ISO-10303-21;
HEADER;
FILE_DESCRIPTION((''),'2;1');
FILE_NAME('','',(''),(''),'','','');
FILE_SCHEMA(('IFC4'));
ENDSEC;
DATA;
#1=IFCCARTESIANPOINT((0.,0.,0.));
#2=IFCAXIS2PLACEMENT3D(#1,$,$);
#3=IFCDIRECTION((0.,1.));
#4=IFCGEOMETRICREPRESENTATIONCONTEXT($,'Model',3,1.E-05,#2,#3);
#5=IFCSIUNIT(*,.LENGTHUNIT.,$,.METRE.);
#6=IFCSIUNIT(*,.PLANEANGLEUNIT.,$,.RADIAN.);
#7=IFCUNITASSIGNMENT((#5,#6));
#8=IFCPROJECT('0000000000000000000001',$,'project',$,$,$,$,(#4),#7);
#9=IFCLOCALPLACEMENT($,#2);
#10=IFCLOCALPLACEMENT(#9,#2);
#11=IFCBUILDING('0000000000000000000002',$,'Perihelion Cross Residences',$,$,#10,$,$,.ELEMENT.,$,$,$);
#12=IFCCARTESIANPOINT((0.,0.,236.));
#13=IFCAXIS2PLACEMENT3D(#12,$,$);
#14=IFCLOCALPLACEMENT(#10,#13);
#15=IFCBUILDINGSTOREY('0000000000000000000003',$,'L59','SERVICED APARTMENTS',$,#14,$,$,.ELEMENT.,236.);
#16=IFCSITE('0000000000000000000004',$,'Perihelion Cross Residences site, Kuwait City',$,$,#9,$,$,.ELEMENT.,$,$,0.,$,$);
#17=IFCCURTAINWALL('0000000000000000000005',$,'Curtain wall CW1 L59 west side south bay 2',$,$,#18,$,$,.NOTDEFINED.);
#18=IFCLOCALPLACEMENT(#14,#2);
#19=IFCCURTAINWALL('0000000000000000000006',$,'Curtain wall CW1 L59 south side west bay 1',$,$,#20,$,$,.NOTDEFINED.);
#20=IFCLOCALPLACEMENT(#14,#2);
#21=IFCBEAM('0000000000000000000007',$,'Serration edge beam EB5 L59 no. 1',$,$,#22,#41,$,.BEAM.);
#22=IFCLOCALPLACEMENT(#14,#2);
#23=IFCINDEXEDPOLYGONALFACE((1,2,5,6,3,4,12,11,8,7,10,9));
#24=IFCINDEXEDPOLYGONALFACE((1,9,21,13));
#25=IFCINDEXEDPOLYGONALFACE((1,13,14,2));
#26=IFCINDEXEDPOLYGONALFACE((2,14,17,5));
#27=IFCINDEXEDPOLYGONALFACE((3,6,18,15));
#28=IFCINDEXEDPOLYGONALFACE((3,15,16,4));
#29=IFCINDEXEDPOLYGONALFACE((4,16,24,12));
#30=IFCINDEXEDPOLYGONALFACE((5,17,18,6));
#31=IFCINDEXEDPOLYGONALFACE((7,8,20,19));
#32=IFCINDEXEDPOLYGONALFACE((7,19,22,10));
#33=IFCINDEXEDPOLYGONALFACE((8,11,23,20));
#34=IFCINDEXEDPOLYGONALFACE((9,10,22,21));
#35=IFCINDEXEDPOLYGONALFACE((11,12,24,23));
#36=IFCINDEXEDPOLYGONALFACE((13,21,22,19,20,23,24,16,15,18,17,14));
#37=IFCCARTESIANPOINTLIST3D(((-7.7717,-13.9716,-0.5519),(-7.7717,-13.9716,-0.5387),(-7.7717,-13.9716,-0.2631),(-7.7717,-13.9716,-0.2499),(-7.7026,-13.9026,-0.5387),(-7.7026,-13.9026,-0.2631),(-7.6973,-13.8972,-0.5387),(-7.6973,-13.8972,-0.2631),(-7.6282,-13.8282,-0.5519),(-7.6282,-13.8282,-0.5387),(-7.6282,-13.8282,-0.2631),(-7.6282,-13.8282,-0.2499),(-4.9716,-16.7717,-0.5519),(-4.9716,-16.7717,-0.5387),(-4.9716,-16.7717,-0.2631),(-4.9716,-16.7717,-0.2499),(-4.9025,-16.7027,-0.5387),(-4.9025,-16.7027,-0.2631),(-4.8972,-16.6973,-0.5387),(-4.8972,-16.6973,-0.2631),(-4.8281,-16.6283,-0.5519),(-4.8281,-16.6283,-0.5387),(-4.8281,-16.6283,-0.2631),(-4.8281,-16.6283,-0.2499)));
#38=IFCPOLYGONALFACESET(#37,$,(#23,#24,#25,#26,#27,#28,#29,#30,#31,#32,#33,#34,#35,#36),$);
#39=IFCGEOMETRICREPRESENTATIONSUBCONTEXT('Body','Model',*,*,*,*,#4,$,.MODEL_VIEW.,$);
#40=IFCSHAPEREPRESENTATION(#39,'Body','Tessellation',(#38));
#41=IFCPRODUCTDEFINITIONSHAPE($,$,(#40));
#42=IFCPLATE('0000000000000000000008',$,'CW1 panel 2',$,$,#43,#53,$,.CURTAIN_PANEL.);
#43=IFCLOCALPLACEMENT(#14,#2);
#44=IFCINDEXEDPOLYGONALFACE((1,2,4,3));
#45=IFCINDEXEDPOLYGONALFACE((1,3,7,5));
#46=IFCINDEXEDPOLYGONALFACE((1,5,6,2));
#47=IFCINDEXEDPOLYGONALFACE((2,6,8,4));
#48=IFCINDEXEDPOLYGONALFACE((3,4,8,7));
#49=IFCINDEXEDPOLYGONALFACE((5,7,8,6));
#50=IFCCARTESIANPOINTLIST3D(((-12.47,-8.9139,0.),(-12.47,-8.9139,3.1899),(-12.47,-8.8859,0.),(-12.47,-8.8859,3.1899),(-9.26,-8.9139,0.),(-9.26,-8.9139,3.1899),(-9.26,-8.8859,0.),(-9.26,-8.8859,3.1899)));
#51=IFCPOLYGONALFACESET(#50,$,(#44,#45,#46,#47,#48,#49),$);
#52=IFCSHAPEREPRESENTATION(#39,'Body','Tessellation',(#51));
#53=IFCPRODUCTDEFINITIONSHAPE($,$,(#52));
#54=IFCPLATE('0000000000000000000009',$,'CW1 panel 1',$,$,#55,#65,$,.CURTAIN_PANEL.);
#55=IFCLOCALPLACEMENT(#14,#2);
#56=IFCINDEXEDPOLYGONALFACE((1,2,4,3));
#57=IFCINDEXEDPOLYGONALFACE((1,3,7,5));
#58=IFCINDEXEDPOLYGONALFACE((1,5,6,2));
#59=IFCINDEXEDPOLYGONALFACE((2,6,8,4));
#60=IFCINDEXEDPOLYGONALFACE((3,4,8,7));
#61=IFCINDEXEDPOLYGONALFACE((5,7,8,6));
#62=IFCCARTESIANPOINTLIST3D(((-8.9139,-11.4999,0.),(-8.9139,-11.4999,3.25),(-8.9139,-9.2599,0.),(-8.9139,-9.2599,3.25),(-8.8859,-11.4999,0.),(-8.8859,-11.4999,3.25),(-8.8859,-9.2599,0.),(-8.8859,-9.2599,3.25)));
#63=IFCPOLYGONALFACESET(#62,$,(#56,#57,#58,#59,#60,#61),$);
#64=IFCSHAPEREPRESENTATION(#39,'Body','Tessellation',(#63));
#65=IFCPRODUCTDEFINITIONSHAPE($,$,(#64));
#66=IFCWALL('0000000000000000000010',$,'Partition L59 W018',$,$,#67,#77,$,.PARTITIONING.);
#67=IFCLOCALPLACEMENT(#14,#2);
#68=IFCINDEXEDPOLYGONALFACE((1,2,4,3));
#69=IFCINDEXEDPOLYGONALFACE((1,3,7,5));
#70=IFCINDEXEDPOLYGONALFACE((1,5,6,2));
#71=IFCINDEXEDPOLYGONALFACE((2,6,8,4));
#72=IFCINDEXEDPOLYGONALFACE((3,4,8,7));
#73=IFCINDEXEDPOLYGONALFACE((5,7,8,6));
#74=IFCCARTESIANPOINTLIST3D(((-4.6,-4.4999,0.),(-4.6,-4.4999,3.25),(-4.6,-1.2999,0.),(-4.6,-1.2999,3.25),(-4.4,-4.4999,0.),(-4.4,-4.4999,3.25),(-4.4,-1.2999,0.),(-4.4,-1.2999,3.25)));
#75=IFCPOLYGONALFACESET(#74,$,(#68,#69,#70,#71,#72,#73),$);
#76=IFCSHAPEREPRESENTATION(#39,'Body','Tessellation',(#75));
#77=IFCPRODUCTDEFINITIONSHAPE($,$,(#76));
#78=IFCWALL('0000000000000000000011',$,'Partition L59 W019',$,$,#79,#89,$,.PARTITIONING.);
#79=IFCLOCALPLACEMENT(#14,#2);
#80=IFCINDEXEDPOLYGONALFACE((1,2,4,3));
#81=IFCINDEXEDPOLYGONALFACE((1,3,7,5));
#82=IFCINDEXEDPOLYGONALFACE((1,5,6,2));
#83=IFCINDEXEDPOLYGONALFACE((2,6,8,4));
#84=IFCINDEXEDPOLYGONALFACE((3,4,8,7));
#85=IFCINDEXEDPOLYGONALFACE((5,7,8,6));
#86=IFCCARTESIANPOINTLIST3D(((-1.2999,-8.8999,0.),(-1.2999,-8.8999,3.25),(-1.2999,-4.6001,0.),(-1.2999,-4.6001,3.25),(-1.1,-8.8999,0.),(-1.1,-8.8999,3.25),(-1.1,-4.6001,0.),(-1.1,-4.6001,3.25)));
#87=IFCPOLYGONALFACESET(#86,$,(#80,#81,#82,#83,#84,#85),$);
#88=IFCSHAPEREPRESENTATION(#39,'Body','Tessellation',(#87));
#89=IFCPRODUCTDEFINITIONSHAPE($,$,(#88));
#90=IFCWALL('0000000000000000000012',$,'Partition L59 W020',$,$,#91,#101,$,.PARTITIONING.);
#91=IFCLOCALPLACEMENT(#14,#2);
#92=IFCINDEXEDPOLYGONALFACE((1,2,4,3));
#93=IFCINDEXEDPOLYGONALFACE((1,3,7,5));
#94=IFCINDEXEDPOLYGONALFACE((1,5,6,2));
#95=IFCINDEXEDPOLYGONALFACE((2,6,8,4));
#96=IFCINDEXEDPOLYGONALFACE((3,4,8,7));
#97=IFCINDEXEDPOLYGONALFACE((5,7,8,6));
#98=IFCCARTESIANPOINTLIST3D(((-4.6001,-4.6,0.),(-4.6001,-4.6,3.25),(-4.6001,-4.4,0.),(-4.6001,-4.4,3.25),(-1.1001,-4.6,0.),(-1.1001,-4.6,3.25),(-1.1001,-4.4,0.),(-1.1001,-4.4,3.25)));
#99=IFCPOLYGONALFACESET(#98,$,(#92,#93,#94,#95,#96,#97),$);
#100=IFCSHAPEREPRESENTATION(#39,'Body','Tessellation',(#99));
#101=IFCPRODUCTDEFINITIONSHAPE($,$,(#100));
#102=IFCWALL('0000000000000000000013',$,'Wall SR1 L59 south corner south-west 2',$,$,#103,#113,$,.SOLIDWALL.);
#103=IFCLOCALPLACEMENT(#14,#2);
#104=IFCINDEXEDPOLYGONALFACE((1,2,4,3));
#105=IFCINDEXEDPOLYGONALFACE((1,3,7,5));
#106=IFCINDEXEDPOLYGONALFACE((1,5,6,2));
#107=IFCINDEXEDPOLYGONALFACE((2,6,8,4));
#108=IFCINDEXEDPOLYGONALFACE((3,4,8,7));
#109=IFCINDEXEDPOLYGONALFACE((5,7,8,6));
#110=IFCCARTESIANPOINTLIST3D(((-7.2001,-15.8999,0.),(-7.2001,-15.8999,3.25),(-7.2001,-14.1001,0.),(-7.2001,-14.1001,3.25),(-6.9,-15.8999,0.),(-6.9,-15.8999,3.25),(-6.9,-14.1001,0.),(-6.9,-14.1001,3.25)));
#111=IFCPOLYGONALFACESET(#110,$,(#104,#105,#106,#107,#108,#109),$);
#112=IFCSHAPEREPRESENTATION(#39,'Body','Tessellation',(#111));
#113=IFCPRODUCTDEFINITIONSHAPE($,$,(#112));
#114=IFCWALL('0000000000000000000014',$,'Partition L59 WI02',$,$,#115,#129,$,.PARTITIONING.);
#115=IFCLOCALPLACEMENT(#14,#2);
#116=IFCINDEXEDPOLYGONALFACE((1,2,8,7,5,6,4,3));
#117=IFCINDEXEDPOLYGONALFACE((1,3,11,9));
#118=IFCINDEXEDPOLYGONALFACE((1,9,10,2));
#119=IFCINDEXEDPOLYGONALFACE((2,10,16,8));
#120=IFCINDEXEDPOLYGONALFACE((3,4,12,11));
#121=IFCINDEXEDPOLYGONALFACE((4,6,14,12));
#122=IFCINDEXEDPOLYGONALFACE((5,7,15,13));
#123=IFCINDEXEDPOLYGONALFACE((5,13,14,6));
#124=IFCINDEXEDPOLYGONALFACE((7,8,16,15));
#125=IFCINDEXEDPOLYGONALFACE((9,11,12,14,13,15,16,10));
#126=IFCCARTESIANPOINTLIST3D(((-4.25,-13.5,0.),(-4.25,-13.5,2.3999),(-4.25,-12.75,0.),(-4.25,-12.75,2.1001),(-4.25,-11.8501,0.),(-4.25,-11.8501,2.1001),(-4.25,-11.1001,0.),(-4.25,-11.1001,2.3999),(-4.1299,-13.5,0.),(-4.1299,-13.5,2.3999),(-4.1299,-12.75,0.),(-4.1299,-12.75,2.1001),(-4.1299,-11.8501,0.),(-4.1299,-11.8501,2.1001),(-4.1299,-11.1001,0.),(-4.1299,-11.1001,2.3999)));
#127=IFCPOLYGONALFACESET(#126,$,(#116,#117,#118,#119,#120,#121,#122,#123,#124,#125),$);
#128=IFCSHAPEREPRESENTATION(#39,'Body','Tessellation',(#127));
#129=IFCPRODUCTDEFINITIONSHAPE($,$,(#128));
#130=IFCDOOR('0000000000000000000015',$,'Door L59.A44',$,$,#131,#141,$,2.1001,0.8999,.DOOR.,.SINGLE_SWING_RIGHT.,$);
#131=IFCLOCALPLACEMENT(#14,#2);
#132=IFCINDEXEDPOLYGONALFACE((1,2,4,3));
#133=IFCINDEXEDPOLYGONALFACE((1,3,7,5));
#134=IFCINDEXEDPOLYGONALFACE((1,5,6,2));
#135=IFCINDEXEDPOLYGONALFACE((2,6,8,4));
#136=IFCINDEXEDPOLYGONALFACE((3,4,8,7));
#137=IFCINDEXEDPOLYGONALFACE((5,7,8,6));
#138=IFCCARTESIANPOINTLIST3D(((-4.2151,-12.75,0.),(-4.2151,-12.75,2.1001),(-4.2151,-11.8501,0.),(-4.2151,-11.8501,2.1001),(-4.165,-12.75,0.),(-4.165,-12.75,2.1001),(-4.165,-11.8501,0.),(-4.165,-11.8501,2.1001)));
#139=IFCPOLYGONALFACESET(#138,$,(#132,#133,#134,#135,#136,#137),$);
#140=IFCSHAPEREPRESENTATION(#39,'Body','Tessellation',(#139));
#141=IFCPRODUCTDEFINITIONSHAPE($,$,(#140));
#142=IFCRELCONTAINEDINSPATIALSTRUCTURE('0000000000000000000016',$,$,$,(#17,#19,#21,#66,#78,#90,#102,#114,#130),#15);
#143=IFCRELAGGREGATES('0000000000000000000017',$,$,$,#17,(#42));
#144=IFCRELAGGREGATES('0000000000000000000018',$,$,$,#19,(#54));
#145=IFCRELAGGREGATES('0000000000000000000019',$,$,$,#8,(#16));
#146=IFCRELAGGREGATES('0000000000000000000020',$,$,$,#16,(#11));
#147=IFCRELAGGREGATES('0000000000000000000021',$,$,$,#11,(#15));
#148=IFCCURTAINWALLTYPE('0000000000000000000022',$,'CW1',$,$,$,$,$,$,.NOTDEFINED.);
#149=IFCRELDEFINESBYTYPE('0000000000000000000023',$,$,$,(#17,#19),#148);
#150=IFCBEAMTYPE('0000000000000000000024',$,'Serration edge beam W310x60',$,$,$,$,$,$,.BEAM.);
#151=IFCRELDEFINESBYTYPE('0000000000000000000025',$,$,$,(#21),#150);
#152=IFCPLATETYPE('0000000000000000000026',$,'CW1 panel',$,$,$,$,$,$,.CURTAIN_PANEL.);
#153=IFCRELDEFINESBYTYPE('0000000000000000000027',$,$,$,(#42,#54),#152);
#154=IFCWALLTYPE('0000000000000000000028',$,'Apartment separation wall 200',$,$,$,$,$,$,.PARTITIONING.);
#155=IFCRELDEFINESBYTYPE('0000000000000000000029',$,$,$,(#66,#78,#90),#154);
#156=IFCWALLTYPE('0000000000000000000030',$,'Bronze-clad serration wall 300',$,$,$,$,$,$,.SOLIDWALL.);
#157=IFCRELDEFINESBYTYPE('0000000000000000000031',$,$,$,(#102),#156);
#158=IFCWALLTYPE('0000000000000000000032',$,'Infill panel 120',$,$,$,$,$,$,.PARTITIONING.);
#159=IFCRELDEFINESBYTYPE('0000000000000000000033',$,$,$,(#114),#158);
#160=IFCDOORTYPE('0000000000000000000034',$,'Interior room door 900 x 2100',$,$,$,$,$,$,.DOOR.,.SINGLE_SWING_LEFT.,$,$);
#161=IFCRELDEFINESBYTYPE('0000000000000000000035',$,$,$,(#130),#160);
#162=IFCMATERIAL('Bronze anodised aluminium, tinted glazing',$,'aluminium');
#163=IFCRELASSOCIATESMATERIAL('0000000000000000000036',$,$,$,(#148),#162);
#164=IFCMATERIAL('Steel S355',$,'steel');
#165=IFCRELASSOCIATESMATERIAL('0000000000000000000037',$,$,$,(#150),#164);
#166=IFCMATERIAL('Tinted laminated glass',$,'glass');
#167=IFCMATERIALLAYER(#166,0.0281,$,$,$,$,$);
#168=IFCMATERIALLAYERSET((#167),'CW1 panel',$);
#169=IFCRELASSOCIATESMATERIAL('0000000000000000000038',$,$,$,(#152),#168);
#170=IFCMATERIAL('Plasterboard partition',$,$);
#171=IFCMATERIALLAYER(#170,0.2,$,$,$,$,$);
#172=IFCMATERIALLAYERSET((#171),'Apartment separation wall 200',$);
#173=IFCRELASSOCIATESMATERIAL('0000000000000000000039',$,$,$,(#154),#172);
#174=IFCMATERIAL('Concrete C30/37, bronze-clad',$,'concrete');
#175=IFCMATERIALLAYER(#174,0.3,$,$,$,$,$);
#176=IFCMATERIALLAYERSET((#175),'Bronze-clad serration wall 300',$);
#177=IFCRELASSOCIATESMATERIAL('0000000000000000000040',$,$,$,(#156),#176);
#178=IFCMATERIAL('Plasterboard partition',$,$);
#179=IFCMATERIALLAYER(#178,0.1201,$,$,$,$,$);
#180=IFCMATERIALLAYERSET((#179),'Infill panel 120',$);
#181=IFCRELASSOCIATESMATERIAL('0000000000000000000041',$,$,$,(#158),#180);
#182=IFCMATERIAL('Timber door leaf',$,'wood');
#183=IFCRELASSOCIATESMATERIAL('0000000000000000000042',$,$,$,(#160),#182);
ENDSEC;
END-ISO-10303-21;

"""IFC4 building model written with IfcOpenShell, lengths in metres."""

from ifc_helpers import new_model, si_unit, direction, frame, frame_2d, origin, origin_2d, place, context, subcontext, project, spatial, rectangle, i_section, extrude, material, layer, layer_set, material_profile, profile_set, type_object, element, fill, aggregate, save


model = new_model("IFC4")

# Units and contexts
model_context = context("Model", 3, precision=1e-05, world=origin(), true_north=direction((0.0, 1.0)))
body_context = subcontext(model_context, "Body", "Model", "MODEL_VIEW")
ifc_project = project(units=[si_unit("LENGTHUNIT", "METRE"), si_unit("PLANEANGLEUNIT", "RADIAN")], contexts=[model_context])

# Site, building, storey
site_placement = place(None, origin())
site = spatial("IfcSite", under=ifc_project, at=site_placement, Name="Perihelion Cross Residences site, Kuwait City", CompositionType="ELEMENT", RefElevation=0.0)
building_placement = place(site_placement, origin())
building = spatial("IfcBuilding", under=site, at=building_placement, Name="Perihelion Cross Residences", CompositionType="ELEMENT")
storey_placement = place(building_placement, frame((0.0, 0.0, 236.0)))
storey = spatial("IfcBuildingStorey", under=building, at=storey_placement, Name="L59", Description="SERVICED APARTMENTS", CompositionType="ELEMENT", Elevation=236.0)

# Curtain walls
ifc_material_1 = material(Name="Bronze anodised aluminium, tinted glazing", Category="aluminium")
curtain_wall_type = type_object("IfcCurtainWallType", Name="CW1", PredefinedType="NOTDEFINED", material=ifc_material_1)
curtain_wall_1_placement = place(storey_placement, origin())
curtain_wall_1 = element("IfcCurtainWall", 1, at=curtain_wall_1_placement, inside=storey, type_object=curtain_wall_type, Name="Curtain wall CW1 L59 west side south bay 2", PredefinedType="NOTDEFINED")
curtain_wall_2_placement = place(storey_placement, origin())
curtain_wall_2 = element("IfcCurtainWall", 2, at=curtain_wall_2_placement, inside=storey, type_object=curtain_wall_type, Name="Curtain wall CW1 L59 south side west bay 1", PredefinedType="NOTDEFINED")

# Beam
ifc_material_2 = material(Name="Steel S355", Category="steel")
ifc_material_profile_1 = material_profile(ifc_material_2, i_section(OverallWidth=0.2029, OverallDepth=0.302, WebThickness=0.0076, FlangeThickness=0.0132, at=origin_2d()), Name="W310x60")
ifc_profile_set_1 = profile_set([ifc_material_profile_1], Name="Steel S355")
beam_type_1 = type_object("IfcBeamType", Name="Serration edge beam W310x60", PredefinedType="BEAM", material=ifc_profile_set_1)
beam_1_placement = place(storey_placement, frame((-7.7, -13.8999, -0.4009), z_axis=(0.707107, -0.707107, 0.0), x_axis=(0.707107, 0.707107, 0.0)))
element("IfcBeam", 3, at=beam_1_placement, inside=storey, type_object=beam_type_1, Name="Serration edge beam EB5 L59 no. 1", PredefinedType="BEAM", context=body_context, shape_type="SweptSolid", body=[
    extrude(i_section(OverallWidth=0.2029, OverallDepth=0.302, WebThickness=0.0076, FlangeThickness=0.0132, at=origin_2d()), origin(), (0.0, 0.0, 1.0), 3.96),
])

# Plates
ifc_material_3 = material(Name="Tinted laminated glass", Category="glass")
ifc_layer_1 = layer(ifc_material_3, 0.0281)
ifc_layer_set_1 = layer_set([ifc_layer_1], Name="CW1 panel")
plate_type = type_object("IfcPlateType", Name="CW1 panel", PredefinedType="CURTAIN_PANEL", material=ifc_layer_set_1)
plate_1_placement = place(storey_placement, frame((-10.865, -8.8999, 0.0), z_axis=(0.0, 0.0, 1.0), x_axis=(1.0, 0.0, 0.0)))
plate_1 = element("IfcPlate", 4, at=plate_1_placement, type_object=plate_type, Name="CW1 panel 2", PredefinedType="CURTAIN_PANEL", context=body_context, shape_type="SweptSolid", body=[
    extrude(rectangle(XDim=3.21, YDim=0.0281, at=origin_2d()), origin(), (0.0, 0.0, 1.0), 3.1899),
])
aggregate(curtain_wall_1, [plate_1])
plate_2_placement = place(storey_placement, frame((-8.8999, -10.3799, 0.0), z_axis=(0.0, 0.0, 1.0), x_axis=(0.0, -1.0, 0.0)))
plate_2 = element("IfcPlate", 5, at=plate_2_placement, type_object=plate_type, Name="CW1 panel 1", PredefinedType="CURTAIN_PANEL", context=body_context, shape_type="SweptSolid", body=[
    extrude(rectangle(XDim=2.24, YDim=0.0281, at=origin_2d()), origin(), (0.0, 0.0, 1.0), 3.25),
])
aggregate(curtain_wall_2, [plate_2])

# Walls
ifc_material_4 = material(Name="Plasterboard partition")
ifc_layer_2 = layer(ifc_material_4, 0.2)
ifc_layer_set_2 = layer_set([ifc_layer_2], Name="Apartment separation wall 200")
wall_type_1 = type_object("IfcWallType", Name="Apartment separation wall 200", PredefinedType="PARTITIONING", material=ifc_layer_set_2)
wall_1_placement = place(storey_placement, frame((-4.5, -4.5, 0.0), z_axis=(0.0, 0.0, 1.0), x_axis=(0.0, 1.0, 0.0)))
element("IfcWall", 6, at=wall_1_placement, inside=storey, type_object=wall_type_1, Name="Partition L59 W018", PredefinedType="PARTITIONING", context=body_context, shape_type="SweptSolid", body=[
    extrude(rectangle(XDim=3.2, YDim=0.2, at=frame_2d((1.6001, 0.0))), origin(), (0.0, 0.0, 1.0), 3.25),
])
wall_2_placement = place(storey_placement, frame((-1.2, -8.8999, 0.0), z_axis=(0.0, 0.0, 1.0), x_axis=(0.0, 1.0, 0.0)))
element("IfcWall", 7, at=wall_2_placement, inside=storey, type_object=wall_type_1, Name="Partition L59 W019", PredefinedType="PARTITIONING", context=body_context, shape_type="SweptSolid", body=[
    extrude(rectangle(XDim=4.2998, YDim=0.2, at=frame_2d((2.1499, 0.0))), origin(), (0.0, 0.0, 1.0), 3.25),
])
wall_3_placement = place(storey_placement, frame((-1.1001, -4.5, 0.0), z_axis=(0.0, 0.0, 1.0), x_axis=(-1.0, 0.0, 0.0)))
element("IfcWall", 8, at=wall_3_placement, inside=storey, type_object=wall_type_1, Name="Partition L59 W020", PredefinedType="PARTITIONING", context=body_context, shape_type="SweptSolid", body=[
    extrude(rectangle(XDim=3.5, YDim=0.2, at=frame_2d((1.75, 0.0))), origin(), (0.0, 0.0, 1.0), 3.25),
])

# Wall
ifc_material_5 = material(Name="Concrete C30/37, bronze-clad", Category="concrete")
ifc_layer_3 = layer(ifc_material_5, 0.3)
ifc_layer_set_3 = layer_set([ifc_layer_3], Name="Bronze-clad serration wall 300")
wall_type_2 = type_object("IfcWallType", Name="Bronze-clad serration wall 300", PredefinedType="SOLIDWALL", material=ifc_layer_set_3)
wall_4_placement = place(storey_placement, frame((-7.05, -14.1001, 0.0), z_axis=(0.0, 0.0, 1.0), x_axis=(0.0, -1.0, 0.0)))
element("IfcWall", 9, at=wall_4_placement, inside=storey, type_object=wall_type_2, Name="Wall SR1 L59 south corner south-west 2", PredefinedType="SOLIDWALL", context=body_context, shape_type="SweptSolid", body=[
    extrude(rectangle(XDim=1.7998, YDim=0.3, at=frame_2d((0.8999, 0.0))), origin(), (0.0, 0.0, 1.0), 3.25),
])

# Wall, opening, door
ifc_material_6 = material(Name="Plasterboard partition")
ifc_layer_4 = layer(ifc_material_6, 0.1201)
ifc_layer_set_4 = layer_set([ifc_layer_4], Name="Infill panel 120")
wall_type_3 = type_object("IfcWallType", Name="Infill panel 120", PredefinedType="PARTITIONING", material=ifc_layer_set_4)
wall_5_placement = place(storey_placement, frame((-4.1899, -11.1001, 0.0), z_axis=(0.0, 0.0, 1.0), x_axis=(0.0, -1.0, 0.0)))
wall_5 = element("IfcWall", 10, at=wall_5_placement, inside=storey, type_object=wall_type_3, Name="Partition L59 WI02", PredefinedType="PARTITIONING", context=body_context, shape_type="SweptSolid", body=[
    extrude(rectangle(XDim=2.3999, YDim=0.1201, at=frame_2d((1.2, 0.0))), origin(), (0.0, 0.0, 1.0), 2.3999),
])
opening_1_placement = place(wall_5_placement, frame((0.75, 0.0, 0.0)))
opening_1 = element("IfcOpeningElement", 11, at=opening_1_placement, cuts=wall_5, PredefinedType="OPENING", context=body_context, shape_type="SweptSolid", body=[
    extrude(rectangle(XDim=0.8999, YDim=2.1001, at=frame_2d((0.45, 1.05))), frame((0.0, 0.0701, 0.0), z_axis=(0.0, -1.0, 0.0), x_axis=(1.0, 0.0, 0.0)), (0.0, 0.0, 1.0), 0.1401),
])
ifc_material_7 = material(Name="Timber door leaf", Category="wood")
door_type_1 = type_object("IfcDoorType", Name="Interior room door 900 x 2100", OperationType="SINGLE_SWING_LEFT", PredefinedType="DOOR", material=ifc_material_7)
door_1_placement = place(opening_1_placement, origin())
door_1 = element("IfcDoor", 12, at=door_1_placement, inside=storey, type_object=door_type_1, Name="Door L59.A44", OperationType="SINGLE_SWING_RIGHT", OverallHeight=2.1001, OverallWidth=0.8999, PredefinedType="DOOR", context=body_context, shape_type="SweptSolid", body=[
    extrude(rectangle(XDim=0.8999, YDim=2.1001, at=frame_2d((0.45, 1.05))), frame((0.0, 0.0249, 0.0), z_axis=(0.0, -1.0, 0.0), x_axis=(1.0, 0.0, 0.0)), (0.0, 0.0, 1.0), 0.05),
])
fill(opening_1, door_1)

save(model, "model.ifc")
